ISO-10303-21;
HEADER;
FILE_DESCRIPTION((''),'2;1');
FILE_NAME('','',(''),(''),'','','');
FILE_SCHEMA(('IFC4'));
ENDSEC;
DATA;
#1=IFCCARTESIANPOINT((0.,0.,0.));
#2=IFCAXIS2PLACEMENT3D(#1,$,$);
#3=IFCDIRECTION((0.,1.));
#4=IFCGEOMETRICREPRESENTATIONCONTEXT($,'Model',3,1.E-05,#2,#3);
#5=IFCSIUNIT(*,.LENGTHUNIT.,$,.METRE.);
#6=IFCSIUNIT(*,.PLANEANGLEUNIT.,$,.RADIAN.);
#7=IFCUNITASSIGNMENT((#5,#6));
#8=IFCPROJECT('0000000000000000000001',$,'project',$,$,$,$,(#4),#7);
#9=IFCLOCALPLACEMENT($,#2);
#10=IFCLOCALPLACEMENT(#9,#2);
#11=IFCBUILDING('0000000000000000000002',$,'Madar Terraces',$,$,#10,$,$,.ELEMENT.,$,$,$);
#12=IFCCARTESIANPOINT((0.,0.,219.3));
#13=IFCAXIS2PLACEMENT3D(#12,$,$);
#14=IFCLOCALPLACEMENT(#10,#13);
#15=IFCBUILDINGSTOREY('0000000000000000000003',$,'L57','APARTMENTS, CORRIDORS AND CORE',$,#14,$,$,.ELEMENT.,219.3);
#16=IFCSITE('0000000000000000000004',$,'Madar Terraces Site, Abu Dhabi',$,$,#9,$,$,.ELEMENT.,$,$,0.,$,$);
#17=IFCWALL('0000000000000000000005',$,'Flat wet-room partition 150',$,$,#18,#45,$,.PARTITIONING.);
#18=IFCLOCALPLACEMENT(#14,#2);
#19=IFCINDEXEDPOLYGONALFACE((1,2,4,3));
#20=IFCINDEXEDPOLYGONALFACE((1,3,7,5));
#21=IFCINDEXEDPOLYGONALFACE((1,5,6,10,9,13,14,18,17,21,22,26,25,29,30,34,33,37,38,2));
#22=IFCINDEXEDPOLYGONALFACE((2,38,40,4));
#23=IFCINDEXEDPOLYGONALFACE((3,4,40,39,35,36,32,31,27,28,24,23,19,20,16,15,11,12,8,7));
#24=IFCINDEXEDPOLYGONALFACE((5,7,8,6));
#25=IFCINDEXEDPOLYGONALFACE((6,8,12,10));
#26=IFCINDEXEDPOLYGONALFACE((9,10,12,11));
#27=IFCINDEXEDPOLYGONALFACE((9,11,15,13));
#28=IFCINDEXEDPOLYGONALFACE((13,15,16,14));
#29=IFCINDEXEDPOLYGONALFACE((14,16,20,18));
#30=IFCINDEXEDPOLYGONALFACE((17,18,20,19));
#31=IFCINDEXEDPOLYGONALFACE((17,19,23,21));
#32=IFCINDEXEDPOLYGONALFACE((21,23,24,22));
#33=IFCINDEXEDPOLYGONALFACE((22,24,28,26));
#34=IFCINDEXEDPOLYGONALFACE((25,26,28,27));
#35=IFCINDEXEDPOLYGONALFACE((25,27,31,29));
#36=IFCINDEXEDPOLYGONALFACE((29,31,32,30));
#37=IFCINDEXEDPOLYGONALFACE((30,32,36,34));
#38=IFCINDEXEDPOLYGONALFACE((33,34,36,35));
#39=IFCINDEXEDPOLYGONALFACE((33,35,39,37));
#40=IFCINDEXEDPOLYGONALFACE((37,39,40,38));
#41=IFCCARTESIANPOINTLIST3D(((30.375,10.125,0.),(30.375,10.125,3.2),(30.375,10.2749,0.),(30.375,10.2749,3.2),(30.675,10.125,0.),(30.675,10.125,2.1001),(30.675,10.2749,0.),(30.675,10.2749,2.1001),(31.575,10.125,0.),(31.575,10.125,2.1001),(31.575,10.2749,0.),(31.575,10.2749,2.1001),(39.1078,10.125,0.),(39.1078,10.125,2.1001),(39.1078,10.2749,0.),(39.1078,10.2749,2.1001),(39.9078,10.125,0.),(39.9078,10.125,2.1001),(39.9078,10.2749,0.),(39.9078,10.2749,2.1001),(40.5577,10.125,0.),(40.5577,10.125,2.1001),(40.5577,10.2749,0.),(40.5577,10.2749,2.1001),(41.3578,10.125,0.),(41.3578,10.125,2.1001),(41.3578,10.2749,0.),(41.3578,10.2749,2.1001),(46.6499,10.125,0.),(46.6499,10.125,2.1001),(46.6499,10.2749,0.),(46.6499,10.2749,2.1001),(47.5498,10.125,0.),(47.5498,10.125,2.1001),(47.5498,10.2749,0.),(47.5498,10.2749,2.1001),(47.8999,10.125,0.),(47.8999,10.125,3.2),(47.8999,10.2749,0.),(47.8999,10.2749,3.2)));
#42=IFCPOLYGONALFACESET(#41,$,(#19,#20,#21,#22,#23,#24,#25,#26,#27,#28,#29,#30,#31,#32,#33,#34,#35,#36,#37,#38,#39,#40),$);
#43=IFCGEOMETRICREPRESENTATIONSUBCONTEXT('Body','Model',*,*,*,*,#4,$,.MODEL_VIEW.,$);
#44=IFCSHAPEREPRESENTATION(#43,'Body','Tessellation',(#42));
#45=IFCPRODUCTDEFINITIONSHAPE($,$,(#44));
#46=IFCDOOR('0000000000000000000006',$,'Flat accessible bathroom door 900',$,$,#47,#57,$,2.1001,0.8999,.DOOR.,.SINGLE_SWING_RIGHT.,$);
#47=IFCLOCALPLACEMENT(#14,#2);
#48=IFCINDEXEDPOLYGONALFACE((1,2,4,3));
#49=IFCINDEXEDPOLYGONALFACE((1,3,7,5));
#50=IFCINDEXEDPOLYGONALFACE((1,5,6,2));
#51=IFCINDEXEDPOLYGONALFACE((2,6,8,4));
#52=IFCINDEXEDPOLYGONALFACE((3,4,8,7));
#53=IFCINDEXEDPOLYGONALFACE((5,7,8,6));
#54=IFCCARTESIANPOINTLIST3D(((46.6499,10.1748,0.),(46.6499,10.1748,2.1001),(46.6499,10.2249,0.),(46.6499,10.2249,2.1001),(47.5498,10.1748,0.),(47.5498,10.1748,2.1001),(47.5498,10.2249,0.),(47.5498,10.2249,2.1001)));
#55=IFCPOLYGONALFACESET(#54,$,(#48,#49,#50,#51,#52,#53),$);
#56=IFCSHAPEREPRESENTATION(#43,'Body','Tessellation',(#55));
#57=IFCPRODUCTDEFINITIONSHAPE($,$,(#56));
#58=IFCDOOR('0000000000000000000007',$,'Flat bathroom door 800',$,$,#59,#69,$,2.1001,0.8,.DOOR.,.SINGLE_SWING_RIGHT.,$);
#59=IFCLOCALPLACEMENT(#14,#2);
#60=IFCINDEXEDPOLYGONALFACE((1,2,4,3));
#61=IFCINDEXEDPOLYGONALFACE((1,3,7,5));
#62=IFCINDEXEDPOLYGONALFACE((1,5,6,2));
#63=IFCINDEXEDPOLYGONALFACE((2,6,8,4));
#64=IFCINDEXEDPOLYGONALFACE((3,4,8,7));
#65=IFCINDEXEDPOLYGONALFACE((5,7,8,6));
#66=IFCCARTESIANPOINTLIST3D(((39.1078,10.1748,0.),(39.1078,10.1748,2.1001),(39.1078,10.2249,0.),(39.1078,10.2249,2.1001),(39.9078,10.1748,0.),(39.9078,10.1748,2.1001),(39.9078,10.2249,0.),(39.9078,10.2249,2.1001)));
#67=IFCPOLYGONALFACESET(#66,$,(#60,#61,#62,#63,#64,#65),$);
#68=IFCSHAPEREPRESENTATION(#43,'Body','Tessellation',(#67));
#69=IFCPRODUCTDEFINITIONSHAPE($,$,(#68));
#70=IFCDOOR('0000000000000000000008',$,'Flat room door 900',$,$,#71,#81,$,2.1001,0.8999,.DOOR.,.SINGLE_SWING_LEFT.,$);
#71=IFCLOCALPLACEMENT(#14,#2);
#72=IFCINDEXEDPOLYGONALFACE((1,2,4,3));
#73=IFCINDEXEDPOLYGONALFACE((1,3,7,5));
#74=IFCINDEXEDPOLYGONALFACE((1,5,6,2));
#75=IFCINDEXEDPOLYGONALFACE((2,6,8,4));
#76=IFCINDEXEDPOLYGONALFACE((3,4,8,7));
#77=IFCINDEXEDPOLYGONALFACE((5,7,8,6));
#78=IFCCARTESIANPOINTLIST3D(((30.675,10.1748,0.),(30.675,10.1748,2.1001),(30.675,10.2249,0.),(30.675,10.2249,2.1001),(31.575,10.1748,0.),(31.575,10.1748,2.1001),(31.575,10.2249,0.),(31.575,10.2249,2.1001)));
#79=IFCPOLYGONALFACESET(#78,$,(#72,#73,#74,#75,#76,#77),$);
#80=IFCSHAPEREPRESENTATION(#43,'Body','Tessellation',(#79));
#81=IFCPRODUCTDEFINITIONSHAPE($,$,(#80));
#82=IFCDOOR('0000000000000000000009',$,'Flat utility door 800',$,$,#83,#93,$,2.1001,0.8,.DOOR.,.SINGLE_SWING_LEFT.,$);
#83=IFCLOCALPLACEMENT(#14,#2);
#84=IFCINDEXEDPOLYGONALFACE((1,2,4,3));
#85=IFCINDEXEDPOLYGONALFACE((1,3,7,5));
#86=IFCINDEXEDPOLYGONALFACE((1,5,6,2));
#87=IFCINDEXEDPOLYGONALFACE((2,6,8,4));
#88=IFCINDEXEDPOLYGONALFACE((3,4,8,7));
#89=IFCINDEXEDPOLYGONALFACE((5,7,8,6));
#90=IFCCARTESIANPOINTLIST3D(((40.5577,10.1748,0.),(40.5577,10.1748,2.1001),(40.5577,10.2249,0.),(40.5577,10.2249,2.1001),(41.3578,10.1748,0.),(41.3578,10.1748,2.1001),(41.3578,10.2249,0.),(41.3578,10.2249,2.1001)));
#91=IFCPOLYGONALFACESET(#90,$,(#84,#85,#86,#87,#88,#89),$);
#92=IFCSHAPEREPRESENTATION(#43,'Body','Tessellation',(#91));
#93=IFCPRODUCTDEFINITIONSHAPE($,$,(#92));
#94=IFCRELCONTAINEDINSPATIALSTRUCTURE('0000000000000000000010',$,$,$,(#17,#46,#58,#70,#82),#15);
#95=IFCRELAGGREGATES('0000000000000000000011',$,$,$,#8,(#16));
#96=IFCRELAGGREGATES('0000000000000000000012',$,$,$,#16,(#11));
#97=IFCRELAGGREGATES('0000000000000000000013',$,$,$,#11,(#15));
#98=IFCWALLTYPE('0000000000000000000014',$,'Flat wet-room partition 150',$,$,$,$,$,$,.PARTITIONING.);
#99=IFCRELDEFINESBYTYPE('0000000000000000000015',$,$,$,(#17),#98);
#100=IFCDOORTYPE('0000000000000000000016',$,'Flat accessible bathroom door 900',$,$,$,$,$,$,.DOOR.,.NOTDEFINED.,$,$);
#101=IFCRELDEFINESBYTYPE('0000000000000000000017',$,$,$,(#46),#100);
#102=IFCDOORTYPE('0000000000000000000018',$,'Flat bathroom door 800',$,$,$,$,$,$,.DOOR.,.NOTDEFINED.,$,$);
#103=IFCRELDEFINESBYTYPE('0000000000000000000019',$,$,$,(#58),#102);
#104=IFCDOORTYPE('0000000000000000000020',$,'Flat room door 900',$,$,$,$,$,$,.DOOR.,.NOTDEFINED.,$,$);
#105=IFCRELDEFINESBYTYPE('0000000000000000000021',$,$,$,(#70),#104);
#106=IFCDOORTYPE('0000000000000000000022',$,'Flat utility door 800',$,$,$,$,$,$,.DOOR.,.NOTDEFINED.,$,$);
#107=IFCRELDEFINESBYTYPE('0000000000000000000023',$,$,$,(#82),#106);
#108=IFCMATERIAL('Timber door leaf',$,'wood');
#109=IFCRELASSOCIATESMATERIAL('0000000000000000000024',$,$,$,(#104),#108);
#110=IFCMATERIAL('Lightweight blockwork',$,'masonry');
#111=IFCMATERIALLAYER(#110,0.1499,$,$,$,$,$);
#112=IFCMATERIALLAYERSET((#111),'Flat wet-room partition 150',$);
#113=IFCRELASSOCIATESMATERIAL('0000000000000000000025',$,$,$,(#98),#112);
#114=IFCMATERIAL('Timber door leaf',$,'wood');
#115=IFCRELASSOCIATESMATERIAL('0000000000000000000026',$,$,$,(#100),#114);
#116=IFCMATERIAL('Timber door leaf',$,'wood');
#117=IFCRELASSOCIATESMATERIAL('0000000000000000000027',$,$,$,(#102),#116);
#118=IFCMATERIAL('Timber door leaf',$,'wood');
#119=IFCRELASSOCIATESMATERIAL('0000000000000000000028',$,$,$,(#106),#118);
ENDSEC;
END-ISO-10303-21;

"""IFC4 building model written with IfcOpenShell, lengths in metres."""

from ifc_helpers import new_model, si_unit, direction, frame, frame_2d, origin, place, context, subcontext, project, spatial, rectangle, extrude, material, layer, layer_set, type_object, element, fill, save


model = new_model("IFC4")

# Units and contexts
model_context = context("Model", 3, precision=1e-05, world=origin(), true_north=direction((0.0, 1.0)))
body_context = subcontext(model_context, "Body", "Model", "MODEL_VIEW")
ifc_project = project(units=[si_unit("LENGTHUNIT", "METRE"), si_unit("PLANEANGLEUNIT", "RADIAN")], contexts=[model_context])

# Site, building, storey
site_placement = place(None, origin())
site = spatial("IfcSite", under=ifc_project, at=site_placement, Name="Madar Terraces Site, Abu Dhabi", CompositionType="ELEMENT", RefElevation=0.0)
building_placement = place(site_placement, origin())
building = spatial("IfcBuilding", under=site, at=building_placement, Name="Madar Terraces", CompositionType="ELEMENT")
storey_placement = place(building_placement, frame((0.0, 0.0, 219.3)))
storey = spatial("IfcBuildingStorey", under=building, at=storey_placement, Name="L57", Description="APARTMENTS, CORRIDORS AND CORE", CompositionType="ELEMENT", Elevation=219.3)

# Shared definitions
ifc_material_1 = material(Name="Timber door leaf", Category="wood")
door_type_1 = type_object("IfcDoorType", Name="Flat room door 900", OperationType="NOTDEFINED", PredefinedType="DOOR", material=ifc_material_1)

# Shared definitions
ifc_material_2 = material(Name="Lightweight blockwork", Category="masonry")
ifc_layer_1 = layer(ifc_material_2, 0.1499)
ifc_layer_set_1 = layer_set([ifc_layer_1], Name="Flat wet-room partition 150")
wall_type_1 = type_object("IfcWallType", Name="Flat wet-room partition 150", PredefinedType="PARTITIONING", material=ifc_layer_set_1)

# Wall, openings, doors
wall_1_placement = place(storey_placement, frame((30.375, 10.2, 0.0), z_axis=(0.0, 0.0, 1.0), x_axis=(1.0, 0.0, 0.0)))
wall_1 = element("IfcWall", 1, at=wall_1_placement, inside=storey, type_object=wall_type_1, Name="Flat wet-room partition 150", PredefinedType="PARTITIONING", context=body_context, shape_type="SweptSolid", body=[
    extrude(rectangle(XDim=17.5249, YDim=0.1499, at=frame_2d((8.7625, 0.0))), origin(), (0.0, 0.0, 1.0), 3.2),
])
opening_1_placement = place(wall_1_placement, frame((0.3, 0.0, 0.0)))
opening_1 = element("IfcOpeningElement", 2, at=opening_1_placement, cuts=wall_1, PredefinedType="OPENING", context=body_context, shape_type="SweptSolid", body=[
    extrude(rectangle(XDim=0.8999, YDim=2.1001, at=frame_2d((0.45, 1.05))), frame((0.0, 0.085, 0.0), z_axis=(0.0, -1.0, 0.0), x_axis=(1.0, 0.0, 0.0)), (0.0, 0.0, 1.0), 0.1699),
])
opening_2_placement = place(wall_1_placement, frame((8.7329, 0.0, 0.0)))
opening_2 = element("IfcOpeningElement", 3, at=opening_2_placement, cuts=wall_1, PredefinedType="OPENING", context=body_context, shape_type="SweptSolid", body=[
    extrude(rectangle(XDim=0.8, YDim=2.1001, at=frame_2d((0.3999, 1.05))), frame((0.0, 0.085, 0.0), z_axis=(0.0, -1.0, 0.0), x_axis=(1.0, 0.0, 0.0)), (0.0, 0.0, 1.0), 0.1699),
])
opening_3_placement = place(wall_1_placement, frame((10.1829, 0.0, 0.0)))
opening_3 = element("IfcOpeningElement", 4, at=opening_3_placement, cuts=wall_1, PredefinedType="OPENING", context=body_context, shape_type="SweptSolid", body=[
    extrude(rectangle(XDim=0.8, YDim=2.1001, at=frame_2d((0.3999, 1.05))), frame((0.0, 0.085, 0.0), z_axis=(0.0, -1.0, 0.0), x_axis=(1.0, 0.0, 0.0)), (0.0, 0.0, 1.0), 0.1699),
])
opening_4_placement = place(wall_1_placement, frame((16.2749, 0.0, 0.0)))
opening_4 = element("IfcOpeningElement", 5, at=opening_4_placement, cuts=wall_1, PredefinedType="OPENING", context=body_context, shape_type="SweptSolid", body=[
    extrude(rectangle(XDim=0.8999, YDim=2.1001, at=frame_2d((0.45, 1.05))), frame((0.0, 0.085, 0.0), z_axis=(0.0, -1.0, 0.0), x_axis=(1.0, 0.0, 0.0)), (0.0, 0.0, 1.0), 0.1699),
])
ifc_material_3 = material(Name="Timber door leaf", Category="wood")
door_type_2 = type_object("IfcDoorType", Name="Flat accessible bathroom door 900", OperationType="NOTDEFINED", PredefinedType="DOOR", material=ifc_material_3)
door_1_placement = place(opening_4_placement, origin())
door_1 = element("IfcDoor", 6, at=door_1_placement, inside=storey, type_object=door_type_2, Name="Flat accessible bathroom door 900", OperationType="SINGLE_SWING_RIGHT", OverallHeight=2.1001, OverallWidth=0.8999, PredefinedType="DOOR", context=body_context, shape_type="SweptSolid", body=[
    extrude(rectangle(XDim=0.8999, YDim=2.1001, at=frame_2d((0.45, 1.05))), frame((0.0, 0.0249, 0.0), z_axis=(0.0, -1.0, 0.0), x_axis=(1.0, 0.0, 0.0)), (0.0, 0.0, 1.0), 0.05),
])
fill(opening_4, door_1)
ifc_material_4 = material(Name="Timber door leaf", Category="wood")
door_type_3 = type_object("IfcDoorType", Name="Flat bathroom door 800", OperationType="NOTDEFINED", PredefinedType="DOOR", material=ifc_material_4)
door_2_placement = place(opening_2_placement, origin())
door_2 = element("IfcDoor", 7, at=door_2_placement, inside=storey, type_object=door_type_3, Name="Flat bathroom door 800", OperationType="SINGLE_SWING_RIGHT", OverallHeight=2.1001, OverallWidth=0.8, PredefinedType="DOOR", context=body_context, shape_type="SweptSolid", body=[
    extrude(rectangle(XDim=0.8, YDim=2.1001, at=frame_2d((0.3999, 1.05))), frame((0.0, 0.0249, 0.0), z_axis=(0.0, -1.0, 0.0), x_axis=(1.0, 0.0, 0.0)), (0.0, 0.0, 1.0), 0.05),
])
fill(opening_2, door_2)
door_3_placement = place(opening_1_placement, origin())
door_3 = element("IfcDoor", 8, at=door_3_placement, inside=storey, type_object=door_type_1, Name="Flat room door 900", OperationType="SINGLE_SWING_LEFT", OverallHeight=2.1001, OverallWidth=0.8999, PredefinedType="DOOR", context=body_context, shape_type="SweptSolid", body=[
    extrude(rectangle(XDim=0.8999, YDim=2.1001, at=frame_2d((0.45, 1.05))), frame((0.0, 0.0249, 0.0), z_axis=(0.0, -1.0, 0.0), x_axis=(1.0, 0.0, 0.0)), (0.0, 0.0, 1.0), 0.05),
])
fill(opening_1, door_3)
ifc_material_5 = material(Name="Timber door leaf", Category="wood")
door_type_4 = type_object("IfcDoorType", Name="Flat utility door 800", OperationType="NOTDEFINED", PredefinedType="DOOR", material=ifc_material_5)
door_4_placement = place(opening_3_placement, origin())
door_4 = element("IfcDoor", 9, at=door_4_placement, inside=storey, type_object=door_type_4, Name="Flat utility door 800", OperationType="SINGLE_SWING_LEFT", OverallHeight=2.1001, OverallWidth=0.8, PredefinedType="DOOR", context=body_context, shape_type="SweptSolid", body=[
    extrude(rectangle(XDim=0.8, YDim=2.1001, at=frame_2d((0.3999, 1.05))), frame((0.0, 0.0249, 0.0), z_axis=(0.0, -1.0, 0.0), x_axis=(1.0, 0.0, 0.0)), (0.0, 0.0, 1.0), 0.05),
])
fill(opening_3, door_4)

save(model, "model.ifc")
